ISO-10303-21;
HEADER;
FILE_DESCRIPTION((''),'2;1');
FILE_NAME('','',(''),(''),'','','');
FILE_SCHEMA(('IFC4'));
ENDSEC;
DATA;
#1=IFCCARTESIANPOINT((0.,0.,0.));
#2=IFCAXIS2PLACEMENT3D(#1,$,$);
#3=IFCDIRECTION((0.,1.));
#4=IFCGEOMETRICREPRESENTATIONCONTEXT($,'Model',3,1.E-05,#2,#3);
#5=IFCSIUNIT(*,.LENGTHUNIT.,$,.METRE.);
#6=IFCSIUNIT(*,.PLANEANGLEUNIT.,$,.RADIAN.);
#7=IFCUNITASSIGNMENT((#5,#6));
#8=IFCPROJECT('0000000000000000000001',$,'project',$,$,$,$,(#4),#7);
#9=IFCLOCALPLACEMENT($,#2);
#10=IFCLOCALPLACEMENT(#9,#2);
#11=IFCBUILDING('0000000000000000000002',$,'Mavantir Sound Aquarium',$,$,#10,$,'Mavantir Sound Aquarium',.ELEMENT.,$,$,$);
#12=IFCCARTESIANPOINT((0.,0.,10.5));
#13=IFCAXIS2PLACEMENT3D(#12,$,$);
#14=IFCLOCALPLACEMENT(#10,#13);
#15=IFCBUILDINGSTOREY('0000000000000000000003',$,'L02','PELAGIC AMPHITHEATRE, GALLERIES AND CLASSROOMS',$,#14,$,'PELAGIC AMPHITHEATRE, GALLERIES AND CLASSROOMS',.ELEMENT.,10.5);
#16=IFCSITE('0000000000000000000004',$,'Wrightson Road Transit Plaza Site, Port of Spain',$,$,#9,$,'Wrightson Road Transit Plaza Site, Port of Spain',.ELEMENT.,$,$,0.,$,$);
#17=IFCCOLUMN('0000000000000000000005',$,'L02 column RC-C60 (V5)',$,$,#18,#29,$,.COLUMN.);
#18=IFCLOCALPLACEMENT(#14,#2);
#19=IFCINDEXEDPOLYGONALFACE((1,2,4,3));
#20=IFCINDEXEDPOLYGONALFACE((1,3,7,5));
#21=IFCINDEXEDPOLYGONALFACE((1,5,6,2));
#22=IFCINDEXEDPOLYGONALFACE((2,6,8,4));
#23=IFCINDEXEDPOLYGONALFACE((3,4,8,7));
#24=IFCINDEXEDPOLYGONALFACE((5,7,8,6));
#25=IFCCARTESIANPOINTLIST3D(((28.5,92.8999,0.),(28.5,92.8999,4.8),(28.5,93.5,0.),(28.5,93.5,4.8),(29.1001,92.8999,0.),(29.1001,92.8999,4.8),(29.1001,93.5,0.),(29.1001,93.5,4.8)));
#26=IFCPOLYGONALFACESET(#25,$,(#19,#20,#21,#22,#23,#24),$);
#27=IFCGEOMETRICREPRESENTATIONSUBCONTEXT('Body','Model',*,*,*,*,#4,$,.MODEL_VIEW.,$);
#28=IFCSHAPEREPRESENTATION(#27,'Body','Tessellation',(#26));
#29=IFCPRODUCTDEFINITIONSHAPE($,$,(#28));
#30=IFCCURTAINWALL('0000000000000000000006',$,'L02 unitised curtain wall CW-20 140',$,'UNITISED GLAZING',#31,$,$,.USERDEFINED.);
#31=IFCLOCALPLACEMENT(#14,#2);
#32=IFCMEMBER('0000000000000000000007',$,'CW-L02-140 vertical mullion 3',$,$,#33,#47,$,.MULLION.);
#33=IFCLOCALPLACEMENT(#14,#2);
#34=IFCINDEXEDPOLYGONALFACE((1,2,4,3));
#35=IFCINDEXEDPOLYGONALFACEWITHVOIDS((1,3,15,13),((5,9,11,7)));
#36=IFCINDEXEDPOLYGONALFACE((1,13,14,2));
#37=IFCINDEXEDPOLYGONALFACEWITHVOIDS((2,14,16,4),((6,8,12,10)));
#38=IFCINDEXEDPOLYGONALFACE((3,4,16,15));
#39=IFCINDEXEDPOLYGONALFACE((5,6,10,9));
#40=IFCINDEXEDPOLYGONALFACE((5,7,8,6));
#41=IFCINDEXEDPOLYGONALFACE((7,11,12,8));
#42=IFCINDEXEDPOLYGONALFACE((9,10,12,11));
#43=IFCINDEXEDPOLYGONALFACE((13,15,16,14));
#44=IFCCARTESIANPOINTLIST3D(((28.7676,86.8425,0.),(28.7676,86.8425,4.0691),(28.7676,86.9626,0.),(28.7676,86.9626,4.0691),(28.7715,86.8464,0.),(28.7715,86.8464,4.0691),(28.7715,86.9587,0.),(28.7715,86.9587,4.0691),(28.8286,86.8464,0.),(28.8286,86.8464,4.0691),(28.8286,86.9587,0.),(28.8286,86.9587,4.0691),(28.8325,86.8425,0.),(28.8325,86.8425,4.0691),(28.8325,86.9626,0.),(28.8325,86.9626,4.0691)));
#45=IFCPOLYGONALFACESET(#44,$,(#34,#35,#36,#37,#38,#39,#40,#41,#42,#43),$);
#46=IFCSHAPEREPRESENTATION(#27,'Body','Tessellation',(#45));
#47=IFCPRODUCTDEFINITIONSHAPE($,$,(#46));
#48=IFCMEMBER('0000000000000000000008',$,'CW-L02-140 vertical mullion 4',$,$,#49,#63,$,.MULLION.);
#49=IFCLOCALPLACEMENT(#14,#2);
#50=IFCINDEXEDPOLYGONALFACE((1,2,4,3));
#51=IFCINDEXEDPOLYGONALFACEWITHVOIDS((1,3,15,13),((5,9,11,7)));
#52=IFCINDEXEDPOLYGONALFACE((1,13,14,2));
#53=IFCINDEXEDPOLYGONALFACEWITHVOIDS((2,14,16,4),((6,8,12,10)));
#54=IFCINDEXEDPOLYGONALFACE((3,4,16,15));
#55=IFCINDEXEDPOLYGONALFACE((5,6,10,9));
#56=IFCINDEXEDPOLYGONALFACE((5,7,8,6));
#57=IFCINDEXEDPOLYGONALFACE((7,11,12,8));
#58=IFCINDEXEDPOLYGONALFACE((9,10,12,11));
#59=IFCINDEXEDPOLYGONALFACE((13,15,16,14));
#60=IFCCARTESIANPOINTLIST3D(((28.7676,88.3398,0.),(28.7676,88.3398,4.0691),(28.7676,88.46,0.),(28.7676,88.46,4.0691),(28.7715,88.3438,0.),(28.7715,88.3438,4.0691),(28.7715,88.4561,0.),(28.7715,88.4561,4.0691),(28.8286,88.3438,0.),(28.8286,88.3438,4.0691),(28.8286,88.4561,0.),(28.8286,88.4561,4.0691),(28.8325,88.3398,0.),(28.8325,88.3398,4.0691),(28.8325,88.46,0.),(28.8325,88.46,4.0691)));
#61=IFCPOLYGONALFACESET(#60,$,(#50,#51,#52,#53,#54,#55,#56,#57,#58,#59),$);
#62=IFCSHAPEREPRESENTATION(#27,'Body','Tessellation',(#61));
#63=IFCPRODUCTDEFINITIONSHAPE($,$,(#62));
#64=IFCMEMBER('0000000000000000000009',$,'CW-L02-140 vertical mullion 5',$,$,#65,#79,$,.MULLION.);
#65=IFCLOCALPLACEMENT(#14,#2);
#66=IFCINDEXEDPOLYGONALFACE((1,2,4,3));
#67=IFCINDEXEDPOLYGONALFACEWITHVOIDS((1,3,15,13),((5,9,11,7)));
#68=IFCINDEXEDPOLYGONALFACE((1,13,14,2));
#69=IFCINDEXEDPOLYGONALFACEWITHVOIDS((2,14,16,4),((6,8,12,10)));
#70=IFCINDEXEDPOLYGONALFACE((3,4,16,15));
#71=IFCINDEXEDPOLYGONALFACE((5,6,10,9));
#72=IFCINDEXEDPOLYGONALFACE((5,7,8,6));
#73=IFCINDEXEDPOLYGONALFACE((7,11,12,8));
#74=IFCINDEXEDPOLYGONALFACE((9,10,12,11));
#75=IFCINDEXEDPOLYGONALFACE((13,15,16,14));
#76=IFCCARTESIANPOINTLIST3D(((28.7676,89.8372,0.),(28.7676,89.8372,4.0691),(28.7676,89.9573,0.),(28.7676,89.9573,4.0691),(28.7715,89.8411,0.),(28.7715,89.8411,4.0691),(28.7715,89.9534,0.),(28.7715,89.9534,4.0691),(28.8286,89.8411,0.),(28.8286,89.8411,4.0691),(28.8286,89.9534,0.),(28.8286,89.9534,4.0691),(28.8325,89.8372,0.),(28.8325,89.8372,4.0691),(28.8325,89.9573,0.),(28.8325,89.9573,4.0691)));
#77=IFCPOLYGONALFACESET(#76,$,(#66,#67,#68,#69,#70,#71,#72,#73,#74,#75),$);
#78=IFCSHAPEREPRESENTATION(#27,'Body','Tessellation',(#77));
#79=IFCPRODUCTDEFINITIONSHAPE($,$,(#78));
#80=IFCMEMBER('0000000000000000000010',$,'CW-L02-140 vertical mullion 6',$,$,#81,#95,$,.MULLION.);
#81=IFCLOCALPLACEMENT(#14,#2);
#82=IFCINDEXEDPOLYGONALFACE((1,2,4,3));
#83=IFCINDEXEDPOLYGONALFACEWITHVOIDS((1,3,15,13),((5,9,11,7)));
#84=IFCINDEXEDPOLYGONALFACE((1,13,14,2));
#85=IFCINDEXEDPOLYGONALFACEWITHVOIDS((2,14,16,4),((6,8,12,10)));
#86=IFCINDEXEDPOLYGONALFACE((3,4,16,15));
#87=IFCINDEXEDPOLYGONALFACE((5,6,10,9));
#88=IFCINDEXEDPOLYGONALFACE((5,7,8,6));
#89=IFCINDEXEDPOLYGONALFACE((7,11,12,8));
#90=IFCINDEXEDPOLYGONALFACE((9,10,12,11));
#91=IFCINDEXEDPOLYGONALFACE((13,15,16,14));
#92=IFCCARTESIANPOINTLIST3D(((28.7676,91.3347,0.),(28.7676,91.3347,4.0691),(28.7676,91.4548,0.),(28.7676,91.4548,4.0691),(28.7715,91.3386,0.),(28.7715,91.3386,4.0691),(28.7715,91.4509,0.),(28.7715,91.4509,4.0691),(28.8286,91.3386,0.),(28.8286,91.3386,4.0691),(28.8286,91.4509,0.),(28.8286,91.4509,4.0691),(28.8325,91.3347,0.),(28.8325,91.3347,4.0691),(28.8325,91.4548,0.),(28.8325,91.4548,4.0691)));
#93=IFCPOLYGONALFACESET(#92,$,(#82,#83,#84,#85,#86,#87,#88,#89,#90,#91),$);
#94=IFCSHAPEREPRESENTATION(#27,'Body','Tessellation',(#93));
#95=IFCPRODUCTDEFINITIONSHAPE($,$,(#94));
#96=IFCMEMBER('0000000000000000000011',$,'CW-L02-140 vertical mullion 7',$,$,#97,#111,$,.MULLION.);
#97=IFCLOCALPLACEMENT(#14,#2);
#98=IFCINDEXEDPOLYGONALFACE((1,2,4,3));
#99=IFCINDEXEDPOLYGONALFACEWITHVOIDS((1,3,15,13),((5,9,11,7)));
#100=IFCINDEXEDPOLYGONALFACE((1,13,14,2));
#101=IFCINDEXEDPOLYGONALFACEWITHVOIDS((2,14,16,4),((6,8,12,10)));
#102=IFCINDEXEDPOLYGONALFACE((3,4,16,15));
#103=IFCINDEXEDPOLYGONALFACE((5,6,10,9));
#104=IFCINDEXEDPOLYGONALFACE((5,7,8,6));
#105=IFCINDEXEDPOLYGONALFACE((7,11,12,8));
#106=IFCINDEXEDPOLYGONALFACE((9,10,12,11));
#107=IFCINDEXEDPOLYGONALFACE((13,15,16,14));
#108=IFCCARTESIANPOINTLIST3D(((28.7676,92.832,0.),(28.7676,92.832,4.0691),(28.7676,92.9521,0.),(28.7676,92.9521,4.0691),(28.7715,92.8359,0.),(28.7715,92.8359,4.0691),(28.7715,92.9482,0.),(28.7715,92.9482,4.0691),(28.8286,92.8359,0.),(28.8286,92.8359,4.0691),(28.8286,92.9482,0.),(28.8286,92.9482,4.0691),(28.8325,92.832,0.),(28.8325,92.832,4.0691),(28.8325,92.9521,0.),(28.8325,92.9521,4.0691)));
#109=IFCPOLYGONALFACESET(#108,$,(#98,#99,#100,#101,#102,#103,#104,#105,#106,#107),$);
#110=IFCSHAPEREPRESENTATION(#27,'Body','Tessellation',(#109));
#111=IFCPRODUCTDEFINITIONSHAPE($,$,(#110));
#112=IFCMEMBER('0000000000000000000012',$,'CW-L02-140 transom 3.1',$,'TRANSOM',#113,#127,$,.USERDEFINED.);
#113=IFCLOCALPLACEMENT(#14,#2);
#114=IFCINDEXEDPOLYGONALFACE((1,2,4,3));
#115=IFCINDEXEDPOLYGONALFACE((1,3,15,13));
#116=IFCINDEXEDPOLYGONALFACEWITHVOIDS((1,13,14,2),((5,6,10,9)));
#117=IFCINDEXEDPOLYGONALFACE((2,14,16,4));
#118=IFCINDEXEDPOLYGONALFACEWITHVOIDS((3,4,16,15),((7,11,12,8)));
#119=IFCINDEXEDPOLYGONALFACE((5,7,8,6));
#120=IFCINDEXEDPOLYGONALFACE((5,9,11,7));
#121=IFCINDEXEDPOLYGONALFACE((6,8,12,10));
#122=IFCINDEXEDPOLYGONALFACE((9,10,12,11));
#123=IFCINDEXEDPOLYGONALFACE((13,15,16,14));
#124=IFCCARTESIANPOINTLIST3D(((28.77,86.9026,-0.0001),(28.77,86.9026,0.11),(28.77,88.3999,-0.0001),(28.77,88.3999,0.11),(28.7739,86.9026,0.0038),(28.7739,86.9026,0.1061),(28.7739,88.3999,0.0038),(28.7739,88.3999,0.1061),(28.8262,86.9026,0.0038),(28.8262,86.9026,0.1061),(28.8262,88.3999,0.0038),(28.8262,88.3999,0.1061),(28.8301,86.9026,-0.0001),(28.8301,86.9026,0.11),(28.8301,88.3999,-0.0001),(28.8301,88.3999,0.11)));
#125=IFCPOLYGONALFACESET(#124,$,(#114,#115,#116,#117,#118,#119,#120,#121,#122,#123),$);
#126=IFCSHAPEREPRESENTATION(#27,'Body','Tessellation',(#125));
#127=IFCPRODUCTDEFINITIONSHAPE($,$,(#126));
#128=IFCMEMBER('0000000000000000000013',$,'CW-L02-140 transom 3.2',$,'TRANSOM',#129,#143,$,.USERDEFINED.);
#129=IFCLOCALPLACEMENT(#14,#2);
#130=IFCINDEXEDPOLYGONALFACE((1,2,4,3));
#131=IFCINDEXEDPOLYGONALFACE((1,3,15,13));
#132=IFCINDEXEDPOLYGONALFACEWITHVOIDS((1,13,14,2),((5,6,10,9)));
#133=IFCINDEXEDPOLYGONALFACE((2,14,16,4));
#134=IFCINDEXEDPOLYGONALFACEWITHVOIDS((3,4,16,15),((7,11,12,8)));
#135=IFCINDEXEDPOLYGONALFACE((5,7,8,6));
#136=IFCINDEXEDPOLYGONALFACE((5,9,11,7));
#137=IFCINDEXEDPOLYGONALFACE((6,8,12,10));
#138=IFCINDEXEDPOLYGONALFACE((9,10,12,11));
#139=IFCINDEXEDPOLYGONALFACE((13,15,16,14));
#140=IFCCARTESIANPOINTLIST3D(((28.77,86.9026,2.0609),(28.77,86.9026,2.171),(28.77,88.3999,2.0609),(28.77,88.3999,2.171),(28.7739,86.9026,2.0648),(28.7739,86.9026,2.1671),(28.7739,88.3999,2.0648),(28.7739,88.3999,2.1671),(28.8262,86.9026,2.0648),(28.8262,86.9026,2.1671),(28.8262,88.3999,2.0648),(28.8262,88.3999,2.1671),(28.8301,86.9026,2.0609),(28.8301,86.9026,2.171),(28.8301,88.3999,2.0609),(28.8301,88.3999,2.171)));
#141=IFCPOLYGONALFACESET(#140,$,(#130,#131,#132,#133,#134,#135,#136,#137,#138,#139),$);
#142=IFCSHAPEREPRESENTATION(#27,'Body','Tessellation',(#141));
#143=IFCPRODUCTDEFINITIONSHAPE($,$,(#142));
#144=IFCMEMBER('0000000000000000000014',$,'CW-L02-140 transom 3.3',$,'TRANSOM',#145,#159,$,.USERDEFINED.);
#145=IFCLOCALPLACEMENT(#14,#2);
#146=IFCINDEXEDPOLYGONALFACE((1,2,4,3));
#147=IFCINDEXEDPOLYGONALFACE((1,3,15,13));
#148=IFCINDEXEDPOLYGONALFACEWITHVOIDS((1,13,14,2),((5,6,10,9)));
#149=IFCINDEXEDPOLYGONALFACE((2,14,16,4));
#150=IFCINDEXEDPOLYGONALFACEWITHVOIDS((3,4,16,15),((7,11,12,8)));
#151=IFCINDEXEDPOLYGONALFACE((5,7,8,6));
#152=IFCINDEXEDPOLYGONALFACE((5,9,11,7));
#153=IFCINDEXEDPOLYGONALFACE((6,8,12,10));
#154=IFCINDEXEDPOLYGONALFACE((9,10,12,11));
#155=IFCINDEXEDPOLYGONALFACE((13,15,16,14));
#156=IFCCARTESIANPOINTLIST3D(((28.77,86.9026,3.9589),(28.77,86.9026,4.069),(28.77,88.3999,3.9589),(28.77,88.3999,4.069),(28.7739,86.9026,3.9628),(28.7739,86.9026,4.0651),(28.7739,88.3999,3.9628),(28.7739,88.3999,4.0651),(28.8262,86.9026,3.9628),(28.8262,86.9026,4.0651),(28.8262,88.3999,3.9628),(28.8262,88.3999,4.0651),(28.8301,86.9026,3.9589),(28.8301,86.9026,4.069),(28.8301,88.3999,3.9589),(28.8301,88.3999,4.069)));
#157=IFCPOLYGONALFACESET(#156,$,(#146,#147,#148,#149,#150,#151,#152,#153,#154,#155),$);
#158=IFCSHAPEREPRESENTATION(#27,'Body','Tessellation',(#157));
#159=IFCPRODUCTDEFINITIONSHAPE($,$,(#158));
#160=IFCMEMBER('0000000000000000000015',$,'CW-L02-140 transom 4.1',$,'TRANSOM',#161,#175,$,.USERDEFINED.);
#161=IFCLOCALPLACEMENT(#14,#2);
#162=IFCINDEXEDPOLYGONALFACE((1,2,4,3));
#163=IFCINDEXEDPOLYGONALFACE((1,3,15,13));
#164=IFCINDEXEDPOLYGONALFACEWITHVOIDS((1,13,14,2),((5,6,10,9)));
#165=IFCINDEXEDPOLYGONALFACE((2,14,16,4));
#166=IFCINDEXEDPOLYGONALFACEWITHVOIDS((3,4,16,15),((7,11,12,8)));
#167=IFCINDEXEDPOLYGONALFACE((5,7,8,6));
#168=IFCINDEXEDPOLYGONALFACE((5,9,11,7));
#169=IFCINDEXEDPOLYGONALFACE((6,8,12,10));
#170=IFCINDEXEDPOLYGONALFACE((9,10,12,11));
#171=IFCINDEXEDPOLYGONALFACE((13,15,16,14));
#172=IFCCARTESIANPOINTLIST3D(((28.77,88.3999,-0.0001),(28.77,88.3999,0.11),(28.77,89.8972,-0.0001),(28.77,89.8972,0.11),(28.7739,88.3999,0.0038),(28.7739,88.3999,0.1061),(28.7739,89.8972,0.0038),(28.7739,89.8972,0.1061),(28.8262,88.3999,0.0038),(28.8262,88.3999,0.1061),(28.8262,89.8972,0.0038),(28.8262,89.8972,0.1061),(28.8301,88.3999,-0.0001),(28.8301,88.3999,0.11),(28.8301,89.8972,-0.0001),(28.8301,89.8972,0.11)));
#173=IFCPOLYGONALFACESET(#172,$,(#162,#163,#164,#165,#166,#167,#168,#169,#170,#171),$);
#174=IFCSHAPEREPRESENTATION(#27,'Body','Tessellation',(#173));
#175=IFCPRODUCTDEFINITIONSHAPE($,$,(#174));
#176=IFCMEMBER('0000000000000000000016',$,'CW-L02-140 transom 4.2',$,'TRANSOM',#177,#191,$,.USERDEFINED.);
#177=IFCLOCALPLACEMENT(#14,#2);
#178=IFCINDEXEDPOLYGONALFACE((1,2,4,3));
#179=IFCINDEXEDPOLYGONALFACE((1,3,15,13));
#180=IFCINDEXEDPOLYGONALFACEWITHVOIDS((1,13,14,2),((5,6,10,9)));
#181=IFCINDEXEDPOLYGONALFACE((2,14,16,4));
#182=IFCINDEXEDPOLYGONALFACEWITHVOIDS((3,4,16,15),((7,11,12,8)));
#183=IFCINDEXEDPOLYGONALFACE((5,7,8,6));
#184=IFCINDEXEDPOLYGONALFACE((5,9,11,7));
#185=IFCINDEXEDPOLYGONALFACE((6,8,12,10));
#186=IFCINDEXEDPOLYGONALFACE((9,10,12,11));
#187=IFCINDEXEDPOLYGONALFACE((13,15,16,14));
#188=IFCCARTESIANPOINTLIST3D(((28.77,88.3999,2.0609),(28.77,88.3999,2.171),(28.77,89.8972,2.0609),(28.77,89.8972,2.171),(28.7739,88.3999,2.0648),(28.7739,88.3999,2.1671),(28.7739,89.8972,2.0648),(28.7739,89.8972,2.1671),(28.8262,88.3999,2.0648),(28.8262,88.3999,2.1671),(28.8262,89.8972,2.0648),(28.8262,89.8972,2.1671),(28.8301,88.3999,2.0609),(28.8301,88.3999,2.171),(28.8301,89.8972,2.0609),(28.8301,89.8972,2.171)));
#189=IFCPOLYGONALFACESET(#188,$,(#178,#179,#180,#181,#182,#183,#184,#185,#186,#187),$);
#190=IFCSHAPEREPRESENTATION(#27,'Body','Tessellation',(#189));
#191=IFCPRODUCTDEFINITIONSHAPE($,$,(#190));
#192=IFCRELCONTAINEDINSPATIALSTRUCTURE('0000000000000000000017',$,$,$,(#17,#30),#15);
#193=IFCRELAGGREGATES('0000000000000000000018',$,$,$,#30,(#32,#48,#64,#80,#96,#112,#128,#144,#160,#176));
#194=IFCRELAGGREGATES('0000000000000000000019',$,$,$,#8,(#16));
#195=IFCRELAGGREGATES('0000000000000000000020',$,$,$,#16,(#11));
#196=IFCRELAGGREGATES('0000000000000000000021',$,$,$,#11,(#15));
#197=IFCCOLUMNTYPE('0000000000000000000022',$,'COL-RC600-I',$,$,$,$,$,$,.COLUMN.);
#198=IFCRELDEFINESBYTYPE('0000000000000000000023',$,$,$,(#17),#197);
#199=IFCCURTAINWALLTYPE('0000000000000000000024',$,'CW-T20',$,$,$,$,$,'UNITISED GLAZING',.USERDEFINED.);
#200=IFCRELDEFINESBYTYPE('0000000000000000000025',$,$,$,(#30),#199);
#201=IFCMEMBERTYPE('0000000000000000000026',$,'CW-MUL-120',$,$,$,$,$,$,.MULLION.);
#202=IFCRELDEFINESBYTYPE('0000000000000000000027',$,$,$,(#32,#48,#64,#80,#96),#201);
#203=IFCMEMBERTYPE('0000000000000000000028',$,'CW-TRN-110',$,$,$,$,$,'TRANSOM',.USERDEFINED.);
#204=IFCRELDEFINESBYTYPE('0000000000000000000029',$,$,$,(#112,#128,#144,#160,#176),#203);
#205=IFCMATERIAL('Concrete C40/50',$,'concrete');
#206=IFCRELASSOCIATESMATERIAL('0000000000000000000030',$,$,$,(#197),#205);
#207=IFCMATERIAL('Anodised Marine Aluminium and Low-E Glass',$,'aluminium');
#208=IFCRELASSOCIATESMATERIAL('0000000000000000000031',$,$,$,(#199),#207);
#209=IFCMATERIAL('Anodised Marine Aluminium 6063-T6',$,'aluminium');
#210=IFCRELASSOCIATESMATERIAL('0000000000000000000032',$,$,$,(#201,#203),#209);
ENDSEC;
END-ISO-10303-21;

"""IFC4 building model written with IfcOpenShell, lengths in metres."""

from ifc_helpers import new_model, si_unit, direction, frame, origin, origin_2d, place, context, subcontext, project, spatial, rectangle, hollow_rectangle, extrude, material, material_profile, profile_set, type_object, element, aggregate, save


model = new_model("IFC4")

# Units and contexts
model_context = context("Model", 3, precision=1e-05, world=origin(), true_north=direction((0.0, 1.0)))
body_context = subcontext(model_context, "Body", "Model", "MODEL_VIEW")
ifc_project = project(units=[si_unit("LENGTHUNIT", "METRE"), si_unit("PLANEANGLEUNIT", "RADIAN")], contexts=[model_context])

# Site, building, storey
site_placement = place(None, origin())
site = spatial("IfcSite", under=ifc_project, at=site_placement, Name="Wrightson Road Transit Plaza Site, Port of Spain", LongName="Wrightson Road Transit Plaza Site, Port of Spain", CompositionType="ELEMENT", RefElevation=0.0)
building_placement = place(site_placement, origin())
building = spatial("IfcBuilding", under=site, at=building_placement, Name="Mavantir Sound Aquarium", LongName="Mavantir Sound Aquarium", CompositionType="ELEMENT")
storey_placement = place(building_placement, frame((0.0, 0.0, 10.5)))
storey = spatial("IfcBuildingStorey", under=building, at=storey_placement, Name="L02", Description="PELAGIC AMPHITHEATRE, GALLERIES AND CLASSROOMS", LongName="PELAGIC AMPHITHEATRE, GALLERIES AND CLASSROOMS", CompositionType="ELEMENT", Elevation=10.5)

# Column
ifc_material_1 = material(Name="Concrete C40/50", Category="concrete")
ifc_material_profile_1 = material_profile(ifc_material_1, rectangle(XDim=0.6001, YDim=0.6001, at=origin_2d()), Name="RC 600X600")
ifc_profile_set_1 = profile_set([ifc_material_profile_1], Name="Concrete C40/50")
column_type = type_object("IfcColumnType", Name="COL-RC600-I", PredefinedType="COLUMN", material=ifc_profile_set_1)
column_placement = place(storey_placement, frame((28.8, 93.2, 0.0), z_axis=(0.0, 0.0, 1.0), x_axis=(1.0, 0.0, 0.0)))
element("IfcColumn", 1, at=column_placement, inside=storey, type_object=column_type, Name="L02 column RC-C60 (V5)", PredefinedType="COLUMN", context=body_context, shape_type="SweptSolid", body=[
    extrude(rectangle(XDim=0.6001, YDim=0.6001, at=origin_2d()), origin(), (0.0, 0.0, 1.0), 4.8),
])

# Curtain wall, members
ifc_material_2 = material(Name="Anodised Marine Aluminium and Low-E Glass", Category="aluminium")
curtain_wall_type = type_object("IfcCurtainWallType", Name="CW-T20", ElementType="UNITISED GLAZING", PredefinedType="USERDEFINED", material=ifc_material_2)
curtain_wall_placement = place(storey_placement, origin())
curtain_wall = element("IfcCurtainWall", 2, at=curtain_wall_placement, inside=storey, type_object=curtain_wall_type, Name="L02 unitised curtain wall CW-20 140", ObjectType="UNITISED GLAZING", PredefinedType="USERDEFINED")
ifc_material_3 = material(Name="Anodised Marine Aluminium 6063-T6", Category="aluminium")
ifc_material_profile_2 = material_profile(ifc_material_3, hollow_rectangle(XDim=0.0649, YDim=0.1201, WallThickness=0.0039, at=origin_2d()), Name="ALU-MULLION-120X65")
ifc_profile_set_2 = profile_set([ifc_material_profile_2], Name="Anodised Marine Aluminium 6063-T6")
member_type_1 = type_object("IfcMemberType", Name="CW-MUL-120", PredefinedType="MULLION", material=ifc_profile_set_2)
member_1_placement = place(storey_placement, frame((28.8, 86.9026, 0.0), z_axis=(0.0, 0.0, 1.0), x_axis=(1.0, 0.0, 0.0)))
member_1 = element("IfcMember", 3, at=member_1_placement, type_object=member_type_1, Name="CW-L02-140 vertical mullion 3", PredefinedType="MULLION", context=body_context, shape_type="SweptSolid", body=[
    extrude(hollow_rectangle(XDim=0.0649, YDim=0.1201, WallThickness=0.0039, at=origin_2d()), origin(), (0.0, 0.0, 1.0), 4.0691),
])
member_2_placement = place(storey_placement, frame((28.8, 88.3999, 0.0), z_axis=(0.0, 0.0, 1.0), x_axis=(1.0, 0.0, 0.0)))
member_2 = element("IfcMember", 4, at=member_2_placement, type_object=member_type_1, Name="CW-L02-140 vertical mullion 4", PredefinedType="MULLION", context=body_context, shape_type="SweptSolid", body=[
    extrude(hollow_rectangle(XDim=0.0649, YDim=0.1201, WallThickness=0.0039, at=origin_2d()), origin(), (0.0, 0.0, 1.0), 4.0691),
])
member_3_placement = place(storey_placement, frame((28.8, 89.8972, 0.0), z_axis=(0.0, 0.0, 1.0), x_axis=(1.0, 0.0, 0.0)))
member_3 = element("IfcMember", 5, at=member_3_placement, type_object=member_type_1, Name="CW-L02-140 vertical mullion 5", PredefinedType="MULLION", context=body_context, shape_type="SweptSolid", body=[
    extrude(hollow_rectangle(XDim=0.0649, YDim=0.1201, WallThickness=0.0039, at=origin_2d()), origin(), (0.0, 0.0, 1.0), 4.0691),
])
member_4_placement = place(storey_placement, frame((28.8, 91.3948, 0.0), z_axis=(0.0, 0.0, 1.0), x_axis=(1.0, 0.0, 0.0)))
member_4 = element("IfcMember", 6, at=member_4_placement, type_object=member_type_1, Name="CW-L02-140 vertical mullion 6", PredefinedType="MULLION", context=body_context, shape_type="SweptSolid", body=[
    extrude(hollow_rectangle(XDim=0.0649, YDim=0.1201, WallThickness=0.0039, at=origin_2d()), origin(), (0.0, 0.0, 1.0), 4.0691),
])
member_5_placement = place(storey_placement, frame((28.8, 92.8921, 0.0), z_axis=(0.0, 0.0, 1.0), x_axis=(1.0, 0.0, 0.0)))
member_5 = element("IfcMember", 7, at=member_5_placement, type_object=member_type_1, Name="CW-L02-140 vertical mullion 7", PredefinedType="MULLION", context=body_context, shape_type="SweptSolid", body=[
    extrude(hollow_rectangle(XDim=0.0649, YDim=0.1201, WallThickness=0.0039, at=origin_2d()), origin(), (0.0, 0.0, 1.0), 4.0691),
])
ifc_material_profile_3 = material_profile(ifc_material_3, hollow_rectangle(XDim=0.0601, YDim=0.1101, WallThickness=0.0039, at=origin_2d()), Name="ALU-TRANSOM-110X60")
ifc_profile_set_3 = profile_set([ifc_material_profile_3], Name="Anodised Marine Aluminium 6063-T6")
member_type_2 = type_object("IfcMemberType", Name="CW-TRN-110", ElementType="TRANSOM", PredefinedType="USERDEFINED", material=ifc_profile_set_3)
member_6_placement = place(storey_placement, frame((28.8, 86.9026, 0.0549), z_axis=(0.0, 1.0, 0.0), x_axis=(-1.0, 0.0, 0.0)))
member_6 = element("IfcMember", 8, at=member_6_placement, type_object=member_type_2, Name="CW-L02-140 transom 3.1", ObjectType="TRANSOM", PredefinedType="USERDEFINED", context=body_context, shape_type="SweptSolid", body=[
    extrude(hollow_rectangle(XDim=0.0601, YDim=0.1101, WallThickness=0.0039, at=origin_2d()), origin(), (0.0, 0.0, 1.0), 1.4973),
])
member_7_placement = place(storey_placement, frame((28.8, 86.9026, 2.116), z_axis=(0.0, 1.0, 0.0), x_axis=(-1.0, 0.0, 0.0)))
member_7 = element("IfcMember", 9, at=member_7_placement, type_object=member_type_2, Name="CW-L02-140 transom 3.2", ObjectType="TRANSOM", PredefinedType="USERDEFINED", context=body_context, shape_type="SweptSolid", body=[
    extrude(hollow_rectangle(XDim=0.0601, YDim=0.1101, WallThickness=0.0039, at=origin_2d()), origin(), (0.0, 0.0, 1.0), 1.4973),
])
member_8_placement = place(storey_placement, frame((28.8, 86.9026, 4.0139), z_axis=(0.0, 1.0, 0.0), x_axis=(-1.0, 0.0, 0.0)))
member_8 = element("IfcMember", 10, at=member_8_placement, type_object=member_type_2, Name="CW-L02-140 transom 3.3", ObjectType="TRANSOM", PredefinedType="USERDEFINED", context=body_context, shape_type="SweptSolid", body=[
    extrude(hollow_rectangle(XDim=0.0601, YDim=0.1101, WallThickness=0.0039, at=origin_2d()), origin(), (0.0, 0.0, 1.0), 1.4973),
])
member_9_placement = place(storey_placement, frame((28.8, 88.3999, 0.0549), z_axis=(0.0, 1.0, 0.0), x_axis=(-1.0, 0.0, 0.0)))
member_9 = element("IfcMember", 11, at=member_9_placement, type_object=member_type_2, Name="CW-L02-140 transom 4.1", ObjectType="TRANSOM", PredefinedType="USERDEFINED", context=body_context, shape_type="SweptSolid", body=[
    extrude(hollow_rectangle(XDim=0.0601, YDim=0.1101, WallThickness=0.0039, at=origin_2d()), origin(), (0.0, 0.0, 1.0), 1.4973),
])
member_10_placement = place(storey_placement, frame((28.8, 88.3999, 2.116), z_axis=(0.0, 1.0, 0.0), x_axis=(-1.0, 0.0, 0.0)))
member_10 = element("IfcMember", 12, at=member_10_placement, type_object=member_type_2, Name="CW-L02-140 transom 4.2", ObjectType="TRANSOM", PredefinedType="USERDEFINED", context=body_context, shape_type="SweptSolid", body=[
    extrude(hollow_rectangle(XDim=0.0601, YDim=0.1101, WallThickness=0.0039, at=origin_2d()), origin(), (0.0, 0.0, 1.0), 1.4973),
])
aggregate(curtain_wall, [member_1, member_2, member_3, member_4, member_5, member_6, member_7, member_8, member_9, member_10])

save(model, "model.ifc")
